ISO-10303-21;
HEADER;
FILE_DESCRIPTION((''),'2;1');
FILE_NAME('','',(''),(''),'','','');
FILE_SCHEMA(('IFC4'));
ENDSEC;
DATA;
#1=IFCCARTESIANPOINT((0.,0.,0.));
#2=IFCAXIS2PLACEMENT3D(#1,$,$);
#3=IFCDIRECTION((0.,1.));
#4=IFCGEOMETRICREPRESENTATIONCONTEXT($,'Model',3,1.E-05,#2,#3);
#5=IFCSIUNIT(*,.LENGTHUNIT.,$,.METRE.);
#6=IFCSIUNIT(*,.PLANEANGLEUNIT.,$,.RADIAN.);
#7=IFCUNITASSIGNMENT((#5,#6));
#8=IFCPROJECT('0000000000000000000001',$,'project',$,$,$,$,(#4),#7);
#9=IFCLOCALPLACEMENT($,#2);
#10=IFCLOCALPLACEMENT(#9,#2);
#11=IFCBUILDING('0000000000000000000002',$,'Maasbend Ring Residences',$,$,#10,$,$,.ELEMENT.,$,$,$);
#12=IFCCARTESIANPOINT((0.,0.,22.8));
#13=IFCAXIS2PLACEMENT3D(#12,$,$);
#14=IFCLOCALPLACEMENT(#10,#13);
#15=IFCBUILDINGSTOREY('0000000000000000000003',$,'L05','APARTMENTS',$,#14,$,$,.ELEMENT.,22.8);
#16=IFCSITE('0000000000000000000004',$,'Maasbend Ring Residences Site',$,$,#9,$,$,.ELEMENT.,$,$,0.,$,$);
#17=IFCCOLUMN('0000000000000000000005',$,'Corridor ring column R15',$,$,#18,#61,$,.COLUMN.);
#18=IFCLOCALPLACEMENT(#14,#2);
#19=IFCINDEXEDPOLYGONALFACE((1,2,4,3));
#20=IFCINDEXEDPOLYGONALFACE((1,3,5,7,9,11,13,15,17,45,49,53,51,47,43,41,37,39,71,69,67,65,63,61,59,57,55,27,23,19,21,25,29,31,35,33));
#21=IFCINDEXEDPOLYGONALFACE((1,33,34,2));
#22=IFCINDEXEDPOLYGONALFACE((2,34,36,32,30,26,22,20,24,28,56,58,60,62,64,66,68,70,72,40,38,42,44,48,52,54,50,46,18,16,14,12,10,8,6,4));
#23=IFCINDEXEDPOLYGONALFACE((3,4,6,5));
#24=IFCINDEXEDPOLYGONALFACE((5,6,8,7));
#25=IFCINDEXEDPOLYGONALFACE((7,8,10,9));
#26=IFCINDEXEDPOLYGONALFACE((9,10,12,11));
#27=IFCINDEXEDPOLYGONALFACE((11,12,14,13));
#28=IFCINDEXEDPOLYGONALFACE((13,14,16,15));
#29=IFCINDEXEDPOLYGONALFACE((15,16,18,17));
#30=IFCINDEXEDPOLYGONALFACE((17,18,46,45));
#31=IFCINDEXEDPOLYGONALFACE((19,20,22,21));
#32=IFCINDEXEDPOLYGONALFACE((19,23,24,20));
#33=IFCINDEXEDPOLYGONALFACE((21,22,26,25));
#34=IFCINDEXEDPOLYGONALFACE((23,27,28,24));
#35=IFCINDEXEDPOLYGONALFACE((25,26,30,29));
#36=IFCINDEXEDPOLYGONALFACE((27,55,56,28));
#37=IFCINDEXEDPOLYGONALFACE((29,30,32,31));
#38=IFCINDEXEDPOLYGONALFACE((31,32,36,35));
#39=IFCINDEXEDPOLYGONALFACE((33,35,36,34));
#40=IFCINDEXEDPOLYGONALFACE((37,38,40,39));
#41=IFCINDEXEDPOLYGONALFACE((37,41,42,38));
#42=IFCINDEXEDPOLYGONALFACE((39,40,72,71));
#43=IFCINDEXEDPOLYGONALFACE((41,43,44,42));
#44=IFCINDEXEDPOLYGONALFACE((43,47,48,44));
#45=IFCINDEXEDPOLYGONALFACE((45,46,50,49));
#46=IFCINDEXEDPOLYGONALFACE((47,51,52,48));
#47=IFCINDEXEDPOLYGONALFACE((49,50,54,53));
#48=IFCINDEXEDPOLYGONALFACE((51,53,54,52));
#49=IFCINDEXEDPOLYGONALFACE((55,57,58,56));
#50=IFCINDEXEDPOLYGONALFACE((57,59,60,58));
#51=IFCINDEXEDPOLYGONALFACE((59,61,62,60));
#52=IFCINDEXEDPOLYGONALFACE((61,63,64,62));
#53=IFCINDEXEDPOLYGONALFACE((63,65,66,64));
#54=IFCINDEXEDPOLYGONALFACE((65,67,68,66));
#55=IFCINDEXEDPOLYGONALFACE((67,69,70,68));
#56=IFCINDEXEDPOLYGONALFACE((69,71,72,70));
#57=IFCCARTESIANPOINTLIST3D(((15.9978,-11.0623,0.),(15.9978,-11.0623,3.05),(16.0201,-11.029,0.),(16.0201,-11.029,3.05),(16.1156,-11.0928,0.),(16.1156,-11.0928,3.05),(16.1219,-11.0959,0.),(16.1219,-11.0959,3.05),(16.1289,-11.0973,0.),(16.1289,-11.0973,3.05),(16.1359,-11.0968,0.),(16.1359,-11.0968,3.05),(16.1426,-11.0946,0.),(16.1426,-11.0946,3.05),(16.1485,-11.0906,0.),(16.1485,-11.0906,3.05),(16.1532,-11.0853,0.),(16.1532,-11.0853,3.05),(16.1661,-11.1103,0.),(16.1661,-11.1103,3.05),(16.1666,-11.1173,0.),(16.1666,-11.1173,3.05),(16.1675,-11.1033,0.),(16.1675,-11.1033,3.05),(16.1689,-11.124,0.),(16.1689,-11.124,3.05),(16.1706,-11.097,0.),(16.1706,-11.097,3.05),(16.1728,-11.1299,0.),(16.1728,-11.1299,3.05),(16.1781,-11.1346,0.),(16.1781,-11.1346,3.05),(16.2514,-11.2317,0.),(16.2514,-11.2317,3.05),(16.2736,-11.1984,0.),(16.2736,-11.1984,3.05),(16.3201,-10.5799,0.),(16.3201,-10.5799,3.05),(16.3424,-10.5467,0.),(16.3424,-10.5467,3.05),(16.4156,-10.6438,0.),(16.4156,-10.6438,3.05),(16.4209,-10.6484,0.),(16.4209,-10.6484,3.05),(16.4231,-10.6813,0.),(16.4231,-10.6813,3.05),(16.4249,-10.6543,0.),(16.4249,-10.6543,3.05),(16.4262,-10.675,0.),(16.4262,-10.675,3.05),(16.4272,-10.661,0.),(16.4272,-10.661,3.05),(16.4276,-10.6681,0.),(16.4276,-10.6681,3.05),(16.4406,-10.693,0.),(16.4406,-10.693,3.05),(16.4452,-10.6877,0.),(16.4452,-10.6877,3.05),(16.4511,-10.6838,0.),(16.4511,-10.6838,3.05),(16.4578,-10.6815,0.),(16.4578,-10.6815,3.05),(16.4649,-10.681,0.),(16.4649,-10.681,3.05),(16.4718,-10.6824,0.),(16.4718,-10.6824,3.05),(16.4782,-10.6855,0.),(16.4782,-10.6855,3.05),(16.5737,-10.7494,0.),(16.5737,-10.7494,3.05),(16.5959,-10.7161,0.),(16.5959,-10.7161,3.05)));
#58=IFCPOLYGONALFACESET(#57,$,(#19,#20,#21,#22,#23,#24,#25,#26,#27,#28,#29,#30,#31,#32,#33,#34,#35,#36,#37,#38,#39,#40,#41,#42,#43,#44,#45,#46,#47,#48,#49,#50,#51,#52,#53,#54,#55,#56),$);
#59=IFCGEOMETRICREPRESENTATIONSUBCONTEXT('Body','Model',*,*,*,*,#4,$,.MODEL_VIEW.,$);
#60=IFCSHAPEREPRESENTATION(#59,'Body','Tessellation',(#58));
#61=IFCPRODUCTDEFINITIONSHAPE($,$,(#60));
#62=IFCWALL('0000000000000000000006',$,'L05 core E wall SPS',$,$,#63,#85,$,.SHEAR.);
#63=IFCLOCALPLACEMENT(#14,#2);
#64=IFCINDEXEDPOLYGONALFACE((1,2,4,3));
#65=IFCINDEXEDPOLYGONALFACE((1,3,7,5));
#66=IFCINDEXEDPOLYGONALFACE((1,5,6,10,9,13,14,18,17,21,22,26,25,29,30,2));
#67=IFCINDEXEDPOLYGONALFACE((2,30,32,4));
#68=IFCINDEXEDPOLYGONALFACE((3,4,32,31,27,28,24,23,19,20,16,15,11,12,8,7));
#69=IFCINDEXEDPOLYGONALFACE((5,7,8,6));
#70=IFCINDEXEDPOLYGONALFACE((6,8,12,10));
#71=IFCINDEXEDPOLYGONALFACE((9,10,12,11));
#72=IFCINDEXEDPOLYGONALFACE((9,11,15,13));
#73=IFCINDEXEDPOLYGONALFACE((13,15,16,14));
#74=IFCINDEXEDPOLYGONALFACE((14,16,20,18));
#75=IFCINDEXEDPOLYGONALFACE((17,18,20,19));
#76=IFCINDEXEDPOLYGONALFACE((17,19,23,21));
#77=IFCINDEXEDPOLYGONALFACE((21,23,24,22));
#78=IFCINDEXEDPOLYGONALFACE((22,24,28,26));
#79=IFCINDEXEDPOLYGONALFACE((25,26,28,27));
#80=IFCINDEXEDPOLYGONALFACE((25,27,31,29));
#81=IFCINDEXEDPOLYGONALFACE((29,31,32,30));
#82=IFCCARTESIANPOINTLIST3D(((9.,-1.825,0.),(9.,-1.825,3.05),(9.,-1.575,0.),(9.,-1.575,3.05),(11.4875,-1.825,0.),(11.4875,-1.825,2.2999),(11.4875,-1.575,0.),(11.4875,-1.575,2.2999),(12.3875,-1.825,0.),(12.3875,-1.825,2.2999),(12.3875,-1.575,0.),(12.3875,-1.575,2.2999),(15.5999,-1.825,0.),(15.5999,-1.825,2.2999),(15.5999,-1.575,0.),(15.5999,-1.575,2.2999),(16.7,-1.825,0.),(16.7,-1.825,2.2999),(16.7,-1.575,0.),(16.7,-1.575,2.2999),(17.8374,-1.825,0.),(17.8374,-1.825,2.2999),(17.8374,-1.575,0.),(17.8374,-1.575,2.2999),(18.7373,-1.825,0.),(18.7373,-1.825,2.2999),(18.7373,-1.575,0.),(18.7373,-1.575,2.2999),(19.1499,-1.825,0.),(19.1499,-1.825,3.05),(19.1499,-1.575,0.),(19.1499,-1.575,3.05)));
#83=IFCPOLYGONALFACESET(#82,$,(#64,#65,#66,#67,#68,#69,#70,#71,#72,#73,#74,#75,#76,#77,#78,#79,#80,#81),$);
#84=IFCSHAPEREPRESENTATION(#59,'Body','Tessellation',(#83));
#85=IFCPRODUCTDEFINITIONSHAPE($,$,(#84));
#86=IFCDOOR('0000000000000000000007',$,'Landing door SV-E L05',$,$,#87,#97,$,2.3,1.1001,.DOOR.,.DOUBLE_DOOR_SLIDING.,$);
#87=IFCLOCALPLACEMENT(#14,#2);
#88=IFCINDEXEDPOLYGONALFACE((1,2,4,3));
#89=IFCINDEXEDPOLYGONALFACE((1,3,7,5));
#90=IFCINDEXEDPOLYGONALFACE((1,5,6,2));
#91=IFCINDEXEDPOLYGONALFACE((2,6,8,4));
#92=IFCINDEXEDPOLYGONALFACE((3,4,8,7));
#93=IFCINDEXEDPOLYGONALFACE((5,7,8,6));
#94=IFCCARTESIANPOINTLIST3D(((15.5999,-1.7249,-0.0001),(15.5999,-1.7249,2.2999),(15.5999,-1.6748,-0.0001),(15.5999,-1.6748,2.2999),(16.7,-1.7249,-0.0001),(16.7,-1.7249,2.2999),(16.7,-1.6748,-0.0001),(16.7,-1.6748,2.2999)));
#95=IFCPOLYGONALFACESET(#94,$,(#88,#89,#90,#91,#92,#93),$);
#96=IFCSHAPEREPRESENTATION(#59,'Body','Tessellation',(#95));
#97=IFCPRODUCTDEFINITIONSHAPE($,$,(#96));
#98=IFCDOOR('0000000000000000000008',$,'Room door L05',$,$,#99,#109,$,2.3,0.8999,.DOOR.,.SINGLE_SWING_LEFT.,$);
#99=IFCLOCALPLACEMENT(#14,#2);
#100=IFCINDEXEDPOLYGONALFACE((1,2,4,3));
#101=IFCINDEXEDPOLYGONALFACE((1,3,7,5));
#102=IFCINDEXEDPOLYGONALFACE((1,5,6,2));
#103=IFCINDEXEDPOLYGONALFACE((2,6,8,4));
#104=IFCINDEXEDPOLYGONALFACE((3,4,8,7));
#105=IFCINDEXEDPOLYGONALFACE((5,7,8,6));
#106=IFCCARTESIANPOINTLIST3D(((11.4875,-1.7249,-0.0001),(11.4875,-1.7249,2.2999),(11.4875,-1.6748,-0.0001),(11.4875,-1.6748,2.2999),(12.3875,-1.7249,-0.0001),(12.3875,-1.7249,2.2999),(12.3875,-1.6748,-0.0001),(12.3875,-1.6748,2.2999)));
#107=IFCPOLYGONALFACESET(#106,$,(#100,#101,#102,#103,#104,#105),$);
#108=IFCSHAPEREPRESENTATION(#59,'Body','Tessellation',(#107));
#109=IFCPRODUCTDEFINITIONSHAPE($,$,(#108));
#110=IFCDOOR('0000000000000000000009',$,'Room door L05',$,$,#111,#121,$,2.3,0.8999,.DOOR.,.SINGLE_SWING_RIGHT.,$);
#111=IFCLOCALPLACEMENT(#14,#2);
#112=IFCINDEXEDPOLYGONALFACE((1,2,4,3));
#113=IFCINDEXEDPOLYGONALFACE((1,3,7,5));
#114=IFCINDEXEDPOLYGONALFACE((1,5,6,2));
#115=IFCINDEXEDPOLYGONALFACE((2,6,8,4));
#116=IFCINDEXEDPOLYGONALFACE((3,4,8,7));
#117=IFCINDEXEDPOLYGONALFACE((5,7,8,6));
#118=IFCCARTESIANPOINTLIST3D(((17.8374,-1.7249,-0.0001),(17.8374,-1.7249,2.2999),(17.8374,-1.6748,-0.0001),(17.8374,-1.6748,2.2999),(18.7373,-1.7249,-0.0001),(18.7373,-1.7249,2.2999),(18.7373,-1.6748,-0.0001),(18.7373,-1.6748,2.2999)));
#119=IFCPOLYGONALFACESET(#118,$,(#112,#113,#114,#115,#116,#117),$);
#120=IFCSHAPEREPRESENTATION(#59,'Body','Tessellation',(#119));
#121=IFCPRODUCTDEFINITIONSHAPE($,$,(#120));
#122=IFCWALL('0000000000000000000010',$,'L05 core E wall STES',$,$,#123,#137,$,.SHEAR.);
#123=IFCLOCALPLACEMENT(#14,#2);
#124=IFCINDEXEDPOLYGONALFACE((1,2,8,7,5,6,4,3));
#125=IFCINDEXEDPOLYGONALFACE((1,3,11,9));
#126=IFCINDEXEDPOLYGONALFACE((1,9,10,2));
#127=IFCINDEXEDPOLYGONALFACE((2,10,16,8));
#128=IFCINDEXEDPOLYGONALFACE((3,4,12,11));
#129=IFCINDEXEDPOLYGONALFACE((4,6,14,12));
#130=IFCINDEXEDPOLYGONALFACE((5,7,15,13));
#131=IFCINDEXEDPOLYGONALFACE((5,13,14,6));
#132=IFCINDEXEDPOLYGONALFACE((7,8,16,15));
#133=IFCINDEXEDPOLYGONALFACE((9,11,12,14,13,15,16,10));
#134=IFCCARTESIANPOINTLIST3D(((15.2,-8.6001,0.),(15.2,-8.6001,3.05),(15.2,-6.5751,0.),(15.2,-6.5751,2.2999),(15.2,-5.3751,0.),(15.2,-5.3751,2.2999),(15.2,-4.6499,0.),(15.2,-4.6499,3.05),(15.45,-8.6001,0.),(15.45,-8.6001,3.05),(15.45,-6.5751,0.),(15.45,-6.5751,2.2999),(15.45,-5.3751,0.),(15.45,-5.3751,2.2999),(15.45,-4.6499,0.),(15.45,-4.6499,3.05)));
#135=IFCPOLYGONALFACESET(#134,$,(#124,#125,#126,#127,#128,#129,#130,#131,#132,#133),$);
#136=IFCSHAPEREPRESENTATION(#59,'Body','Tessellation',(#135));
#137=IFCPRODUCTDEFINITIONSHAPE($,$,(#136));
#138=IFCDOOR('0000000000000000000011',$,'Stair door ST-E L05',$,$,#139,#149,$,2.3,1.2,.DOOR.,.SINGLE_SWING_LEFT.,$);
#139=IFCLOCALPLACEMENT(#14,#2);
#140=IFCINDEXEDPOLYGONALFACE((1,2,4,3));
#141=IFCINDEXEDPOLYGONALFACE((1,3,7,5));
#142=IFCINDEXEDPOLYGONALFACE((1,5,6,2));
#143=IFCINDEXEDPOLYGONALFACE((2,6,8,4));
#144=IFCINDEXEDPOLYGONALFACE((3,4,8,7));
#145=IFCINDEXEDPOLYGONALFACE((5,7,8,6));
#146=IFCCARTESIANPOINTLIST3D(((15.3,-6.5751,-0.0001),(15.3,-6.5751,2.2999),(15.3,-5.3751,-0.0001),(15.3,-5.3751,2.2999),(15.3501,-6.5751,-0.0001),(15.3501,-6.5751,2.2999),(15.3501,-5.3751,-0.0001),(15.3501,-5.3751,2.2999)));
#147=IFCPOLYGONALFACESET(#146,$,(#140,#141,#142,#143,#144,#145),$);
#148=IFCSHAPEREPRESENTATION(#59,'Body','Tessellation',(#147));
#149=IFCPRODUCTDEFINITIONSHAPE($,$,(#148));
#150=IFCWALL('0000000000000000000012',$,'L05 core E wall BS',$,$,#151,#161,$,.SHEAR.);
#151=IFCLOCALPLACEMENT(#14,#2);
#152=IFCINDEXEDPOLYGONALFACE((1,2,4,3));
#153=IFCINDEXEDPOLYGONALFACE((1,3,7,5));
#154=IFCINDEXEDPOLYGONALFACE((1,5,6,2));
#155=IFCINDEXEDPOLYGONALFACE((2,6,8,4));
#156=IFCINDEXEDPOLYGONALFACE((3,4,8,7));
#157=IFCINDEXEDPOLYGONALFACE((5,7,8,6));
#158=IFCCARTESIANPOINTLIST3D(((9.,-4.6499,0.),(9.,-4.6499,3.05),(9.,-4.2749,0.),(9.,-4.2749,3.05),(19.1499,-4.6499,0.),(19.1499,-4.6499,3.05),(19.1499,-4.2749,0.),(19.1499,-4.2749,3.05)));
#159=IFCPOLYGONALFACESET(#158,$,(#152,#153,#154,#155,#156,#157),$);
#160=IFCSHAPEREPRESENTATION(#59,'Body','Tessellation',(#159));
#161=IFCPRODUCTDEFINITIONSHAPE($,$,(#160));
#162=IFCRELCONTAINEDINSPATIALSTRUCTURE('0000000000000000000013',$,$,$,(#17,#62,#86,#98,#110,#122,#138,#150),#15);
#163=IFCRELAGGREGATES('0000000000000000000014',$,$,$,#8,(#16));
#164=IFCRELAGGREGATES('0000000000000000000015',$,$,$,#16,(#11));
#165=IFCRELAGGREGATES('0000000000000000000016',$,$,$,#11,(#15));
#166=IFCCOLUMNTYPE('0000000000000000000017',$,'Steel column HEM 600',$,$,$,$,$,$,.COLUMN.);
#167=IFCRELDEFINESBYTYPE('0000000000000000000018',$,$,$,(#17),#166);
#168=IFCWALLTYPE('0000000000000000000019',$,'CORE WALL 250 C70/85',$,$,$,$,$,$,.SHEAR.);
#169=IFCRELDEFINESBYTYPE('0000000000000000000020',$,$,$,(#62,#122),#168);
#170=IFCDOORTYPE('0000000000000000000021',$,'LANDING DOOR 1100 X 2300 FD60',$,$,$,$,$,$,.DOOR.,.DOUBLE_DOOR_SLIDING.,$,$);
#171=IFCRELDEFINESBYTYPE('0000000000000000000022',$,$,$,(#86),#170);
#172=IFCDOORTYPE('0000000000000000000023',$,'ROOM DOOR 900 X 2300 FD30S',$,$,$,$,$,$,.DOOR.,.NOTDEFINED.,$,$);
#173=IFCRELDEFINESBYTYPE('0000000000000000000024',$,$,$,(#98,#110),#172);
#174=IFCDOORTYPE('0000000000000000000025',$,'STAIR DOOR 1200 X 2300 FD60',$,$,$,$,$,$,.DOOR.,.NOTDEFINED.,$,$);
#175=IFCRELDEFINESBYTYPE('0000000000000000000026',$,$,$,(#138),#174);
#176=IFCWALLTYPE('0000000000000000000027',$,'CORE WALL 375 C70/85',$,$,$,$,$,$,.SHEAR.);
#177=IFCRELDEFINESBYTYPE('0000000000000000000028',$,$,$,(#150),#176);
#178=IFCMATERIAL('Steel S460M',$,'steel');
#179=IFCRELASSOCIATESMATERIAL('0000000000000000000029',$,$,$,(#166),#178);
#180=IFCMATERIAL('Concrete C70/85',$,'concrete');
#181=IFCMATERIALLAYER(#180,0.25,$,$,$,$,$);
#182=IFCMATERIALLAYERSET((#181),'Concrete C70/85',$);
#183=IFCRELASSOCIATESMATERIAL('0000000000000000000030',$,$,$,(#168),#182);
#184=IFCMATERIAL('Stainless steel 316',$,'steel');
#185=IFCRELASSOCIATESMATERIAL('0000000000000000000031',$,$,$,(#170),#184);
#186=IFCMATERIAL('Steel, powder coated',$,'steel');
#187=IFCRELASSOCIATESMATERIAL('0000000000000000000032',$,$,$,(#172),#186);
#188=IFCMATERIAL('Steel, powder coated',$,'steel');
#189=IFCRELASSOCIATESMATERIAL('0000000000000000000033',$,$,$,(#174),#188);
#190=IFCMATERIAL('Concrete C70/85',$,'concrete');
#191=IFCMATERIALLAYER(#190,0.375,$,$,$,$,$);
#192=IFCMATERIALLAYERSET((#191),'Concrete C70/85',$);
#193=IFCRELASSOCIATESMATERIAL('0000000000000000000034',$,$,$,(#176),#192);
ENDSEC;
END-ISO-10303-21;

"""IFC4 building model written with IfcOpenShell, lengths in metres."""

from ifc_helpers import new_model, si_unit, direction, frame, frame_2d, origin, origin_2d, place, context, subcontext, project, spatial, rectangle, i_section, extrude, material, layer, layer_set, material_profile, profile_set, type_object, element, fill, save


model = new_model("IFC4")

# Units and contexts
model_context = context("Model", 3, precision=1e-05, world=origin(), true_north=direction((0.0, 1.0)))
body_context = subcontext(model_context, "Body", "Model", "MODEL_VIEW")
ifc_project = project(units=[si_unit("LENGTHUNIT", "METRE"), si_unit("PLANEANGLEUNIT", "RADIAN")], contexts=[model_context])

# Site, building, storey
site_placement = place(None, origin())
site = spatial("IfcSite", under=ifc_project, at=site_placement, Name="Maasbend Ring Residences Site", CompositionType="ELEMENT", RefElevation=0.0)
building_placement = place(site_placement, origin())
building = spatial("IfcBuilding", under=site, at=building_placement, Name="Maasbend Ring Residences", CompositionType="ELEMENT")
storey_placement = place(building_placement, frame((0.0, 0.0, 22.8)))
storey = spatial("IfcBuildingStorey", under=building, at=storey_placement, Name="L05", Description="APARTMENTS", CompositionType="ELEMENT", Elevation=22.8)

# Column
ifc_material_1 = material(Name="Steel S460M", Category="steel")
ifc_material_profile = material_profile(ifc_material_1, i_section(OverallWidth=0.3049, OverallDepth=0.6201, WebThickness=0.021, FlangeThickness=0.04, FilletRadius=0.0271, at=origin_2d()), Name="HEM 600")
ifc_profile_set = profile_set([ifc_material_profile], Name="Steel S460M")
column_type = type_object("IfcColumnType", Name="Steel column HEM 600", PredefinedType="COLUMN", material=ifc_profile_set)
column_placement = place(storey_placement, frame((16.2969, -10.8892, 0.0), z_axis=(0.0, 0.0, 1.0), x_axis=(0.83147, -0.55557, 0.0)))
element("IfcColumn", 1, at=column_placement, inside=storey, type_object=column_type, Name="Corridor ring column R15", PredefinedType="COLUMN", context=body_context, shape_type="SweptSolid", body=[
    extrude(i_section(OverallWidth=0.3049, OverallDepth=0.6201, WebThickness=0.021, FlangeThickness=0.04, FilletRadius=0.0271, at=origin_2d()), origin(), (0.0, 0.0, 1.0), 3.05),
])

# Wall, openings, doors
ifc_material_2 = material(Name="Concrete C70/85", Category="concrete")
ifc_layer_1 = layer(ifc_material_2, 0.25)
ifc_layer_set_1 = layer_set([ifc_layer_1], Name="Concrete C70/85")
wall_type_1 = type_object("IfcWallType", Name="CORE WALL 250 C70/85", PredefinedType="SHEAR", material=ifc_layer_set_1)
wall_1_placement = place(storey_placement, frame((19.1499, -1.7, 0.0), z_axis=(0.0, 0.0, 1.0), x_axis=(-1.0, 0.0, 0.0)))
wall_1 = element("IfcWall", 2, at=wall_1_placement, inside=storey, type_object=wall_type_1, Name="L05 core E wall SPS", PredefinedType="SHEAR", context=body_context, shape_type="SweptSolid", body=[
    extrude(rectangle(XDim=10.1499, YDim=0.25, at=frame_2d((5.075, 0.0))), origin(), (0.0, 0.0, 1.0), 3.05),
])
opening_1_placement = place(wall_1_placement, frame((2.45, 0.0, 0.0)))
opening_1 = element("IfcOpeningElement", 3, at=opening_1_placement, cuts=wall_1, PredefinedType="OPENING", context=body_context, shape_type="SweptSolid", body=[
    extrude(rectangle(XDim=1.1001, YDim=2.3, at=frame_2d((0.55, 1.1499))), frame((0.0, 0.135, 0.0), z_axis=(0.0, -1.0, 0.0), x_axis=(1.0, 0.0, 0.0)), (0.0, 0.0, 1.0), 0.27),
])
opening_2_placement = place(wall_1_placement, frame((6.7625, 0.0, 0.0)))
opening_2 = element("IfcOpeningElement", 4, at=opening_2_placement, cuts=wall_1, PredefinedType="OPENING", context=body_context, shape_type="SweptSolid", body=[
    extrude(rectangle(XDim=0.8999, YDim=2.3, at=frame_2d((0.45, 1.1499))), frame((0.0, 0.135, 0.0), z_axis=(0.0, -1.0, 0.0), x_axis=(1.0, 0.0, 0.0)), (0.0, 0.0, 1.0), 0.27),
])
opening_3_placement = place(wall_1_placement, frame((0.4126, 0.0, 0.0)))
opening_3 = element("IfcOpeningElement", 5, at=opening_3_placement, cuts=wall_1, PredefinedType="OPENING", context=body_context, shape_type="SweptSolid", body=[
    extrude(rectangle(XDim=0.8999, YDim=2.3, at=frame_2d((0.45, 1.1499))), frame((0.0, 0.135, 0.0), z_axis=(0.0, -1.0, 0.0), x_axis=(1.0, 0.0, 0.0)), (0.0, 0.0, 1.0), 0.27),
])
ifc_material_3 = material(Name="Stainless steel 316", Category="steel")
door_type_1 = type_object("IfcDoorType", Name="LANDING DOOR 1100 X 2300 FD60", OperationType="DOUBLE_DOOR_SLIDING", PredefinedType="DOOR", material=ifc_material_3)
door_1_placement = place(opening_1_placement, origin())
door_1 = element("IfcDoor", 6, at=door_1_placement, inside=storey, type_object=door_type_1, Name="Landing door SV-E L05", OperationType="DOUBLE_DOOR_SLIDING", OverallHeight=2.3, OverallWidth=1.1001, PredefinedType="DOOR", context=body_context, shape_type="SweptSolid", body=[
    extrude(rectangle(XDim=1.1001, YDim=2.3, at=frame_2d((0.55, 1.1499))), frame((0.0, 0.0249, 0.0), z_axis=(0.0, -1.0, 0.0), x_axis=(1.0, 0.0, 0.0)), (0.0, 0.0, 1.0), 0.05),
])
fill(opening_1, door_1)
ifc_material_4 = material(Name="Steel, powder coated", Category="steel")
door_type_2 = type_object("IfcDoorType", Name="ROOM DOOR 900 X 2300 FD30S", OperationType="NOTDEFINED", PredefinedType="DOOR", material=ifc_material_4)
door_2_placement = place(opening_2_placement, origin())
door_2 = element("IfcDoor", 7, at=door_2_placement, inside=storey, type_object=door_type_2, Name="Room door L05", OperationType="SINGLE_SWING_LEFT", OverallHeight=2.3, OverallWidth=0.8999, PredefinedType="DOOR", context=body_context, shape_type="SweptSolid", body=[
    extrude(rectangle(XDim=0.8999, YDim=2.3, at=frame_2d((0.45, 1.1499))), frame((0.0, 0.0249, 0.0), z_axis=(0.0, -1.0, 0.0), x_axis=(1.0, 0.0, 0.0)), (0.0, 0.0, 1.0), 0.05),
])
fill(opening_2, door_2)
door_3_placement = place(opening_3_placement, origin())
door_3 = element("IfcDoor", 8, at=door_3_placement, inside=storey, type_object=door_type_2, Name="Room door L05", OperationType="SINGLE_SWING_RIGHT", OverallHeight=2.3, OverallWidth=0.8999, PredefinedType="DOOR", context=body_context, shape_type="SweptSolid", body=[
    extrude(rectangle(XDim=0.8999, YDim=2.3, at=frame_2d((0.45, 1.1499))), frame((0.0, 0.0249, 0.0), z_axis=(0.0, -1.0, 0.0), x_axis=(1.0, 0.0, 0.0)), (0.0, 0.0, 1.0), 0.05),
])
fill(opening_3, door_3)

# Wall, opening, door
wall_2_placement = place(storey_placement, frame((15.325, -8.6001, 0.0), z_axis=(0.0, 0.0, 1.0), x_axis=(0.0, 1.0, 0.0)))
wall_2 = element("IfcWall", 9, at=wall_2_placement, inside=storey, type_object=wall_type_1, Name="L05 core E wall STES", PredefinedType="SHEAR", context=body_context, shape_type="SweptSolid", body=[
    extrude(rectangle(XDim=3.9502, YDim=0.25, at=frame_2d((1.9751, 0.0))), origin(), (0.0, 0.0, 1.0), 3.05),
])
opening_4_placement = place(wall_2_placement, frame((2.0249, 0.0, 0.0)))
opening_4 = element("IfcOpeningElement", 10, at=opening_4_placement, cuts=wall_2, PredefinedType="OPENING", context=body_context, shape_type="SweptSolid", body=[
    extrude(rectangle(XDim=1.2, YDim=2.3, at=frame_2d((0.6001, 1.1499))), frame((0.0, 0.135, 0.0), z_axis=(0.0, -1.0, 0.0), x_axis=(1.0, 0.0, 0.0)), (0.0, 0.0, 1.0), 0.27),
])
ifc_material_5 = material(Name="Steel, powder coated", Category="steel")
door_type_3 = type_object("IfcDoorType", Name="STAIR DOOR 1200 X 2300 FD60", OperationType="NOTDEFINED", PredefinedType="DOOR", material=ifc_material_5)
door_4_placement = place(opening_4_placement, origin())
door_4 = element("IfcDoor", 11, at=door_4_placement, inside=storey, type_object=door_type_3, Name="Stair door ST-E L05", OperationType="SINGLE_SWING_LEFT", OverallHeight=2.3, OverallWidth=1.2, PredefinedType="DOOR", context=body_context, shape_type="SweptSolid", body=[
    extrude(rectangle(XDim=1.2, YDim=2.3, at=frame_2d((0.6001, 1.1499))), frame((0.0, 0.0249, 0.0), z_axis=(0.0, -1.0, 0.0), x_axis=(1.0, 0.0, 0.0)), (0.0, 0.0, 1.0), 0.05),
])
fill(opening_4, door_4)

# Wall
ifc_material_6 = material(Name="Concrete C70/85", Category="concrete")
ifc_layer_2 = layer(ifc_material_6, 0.375)
ifc_layer_set_2 = layer_set([ifc_layer_2], Name="Concrete C70/85")
wall_type_2 = type_object("IfcWallType", Name="CORE WALL 375 C70/85", PredefinedType="SHEAR", material=ifc_layer_set_2)
wall_3_placement = place(storey_placement, frame((9.0, -4.4624, 0.0), z_axis=(0.0, 0.0, 1.0), x_axis=(1.0, 0.0, 0.0)))
element("IfcWall", 12, at=wall_3_placement, inside=storey, type_object=wall_type_2, Name="L05 core E wall BS", PredefinedType="SHEAR", context=body_context, shape_type="SweptSolid", body=[
    extrude(rectangle(XDim=10.1499, YDim=0.375, at=frame_2d((5.075, 0.0))), origin(), (0.0, 0.0, 1.0), 3.05),
])

save(model, "model.ifc")
